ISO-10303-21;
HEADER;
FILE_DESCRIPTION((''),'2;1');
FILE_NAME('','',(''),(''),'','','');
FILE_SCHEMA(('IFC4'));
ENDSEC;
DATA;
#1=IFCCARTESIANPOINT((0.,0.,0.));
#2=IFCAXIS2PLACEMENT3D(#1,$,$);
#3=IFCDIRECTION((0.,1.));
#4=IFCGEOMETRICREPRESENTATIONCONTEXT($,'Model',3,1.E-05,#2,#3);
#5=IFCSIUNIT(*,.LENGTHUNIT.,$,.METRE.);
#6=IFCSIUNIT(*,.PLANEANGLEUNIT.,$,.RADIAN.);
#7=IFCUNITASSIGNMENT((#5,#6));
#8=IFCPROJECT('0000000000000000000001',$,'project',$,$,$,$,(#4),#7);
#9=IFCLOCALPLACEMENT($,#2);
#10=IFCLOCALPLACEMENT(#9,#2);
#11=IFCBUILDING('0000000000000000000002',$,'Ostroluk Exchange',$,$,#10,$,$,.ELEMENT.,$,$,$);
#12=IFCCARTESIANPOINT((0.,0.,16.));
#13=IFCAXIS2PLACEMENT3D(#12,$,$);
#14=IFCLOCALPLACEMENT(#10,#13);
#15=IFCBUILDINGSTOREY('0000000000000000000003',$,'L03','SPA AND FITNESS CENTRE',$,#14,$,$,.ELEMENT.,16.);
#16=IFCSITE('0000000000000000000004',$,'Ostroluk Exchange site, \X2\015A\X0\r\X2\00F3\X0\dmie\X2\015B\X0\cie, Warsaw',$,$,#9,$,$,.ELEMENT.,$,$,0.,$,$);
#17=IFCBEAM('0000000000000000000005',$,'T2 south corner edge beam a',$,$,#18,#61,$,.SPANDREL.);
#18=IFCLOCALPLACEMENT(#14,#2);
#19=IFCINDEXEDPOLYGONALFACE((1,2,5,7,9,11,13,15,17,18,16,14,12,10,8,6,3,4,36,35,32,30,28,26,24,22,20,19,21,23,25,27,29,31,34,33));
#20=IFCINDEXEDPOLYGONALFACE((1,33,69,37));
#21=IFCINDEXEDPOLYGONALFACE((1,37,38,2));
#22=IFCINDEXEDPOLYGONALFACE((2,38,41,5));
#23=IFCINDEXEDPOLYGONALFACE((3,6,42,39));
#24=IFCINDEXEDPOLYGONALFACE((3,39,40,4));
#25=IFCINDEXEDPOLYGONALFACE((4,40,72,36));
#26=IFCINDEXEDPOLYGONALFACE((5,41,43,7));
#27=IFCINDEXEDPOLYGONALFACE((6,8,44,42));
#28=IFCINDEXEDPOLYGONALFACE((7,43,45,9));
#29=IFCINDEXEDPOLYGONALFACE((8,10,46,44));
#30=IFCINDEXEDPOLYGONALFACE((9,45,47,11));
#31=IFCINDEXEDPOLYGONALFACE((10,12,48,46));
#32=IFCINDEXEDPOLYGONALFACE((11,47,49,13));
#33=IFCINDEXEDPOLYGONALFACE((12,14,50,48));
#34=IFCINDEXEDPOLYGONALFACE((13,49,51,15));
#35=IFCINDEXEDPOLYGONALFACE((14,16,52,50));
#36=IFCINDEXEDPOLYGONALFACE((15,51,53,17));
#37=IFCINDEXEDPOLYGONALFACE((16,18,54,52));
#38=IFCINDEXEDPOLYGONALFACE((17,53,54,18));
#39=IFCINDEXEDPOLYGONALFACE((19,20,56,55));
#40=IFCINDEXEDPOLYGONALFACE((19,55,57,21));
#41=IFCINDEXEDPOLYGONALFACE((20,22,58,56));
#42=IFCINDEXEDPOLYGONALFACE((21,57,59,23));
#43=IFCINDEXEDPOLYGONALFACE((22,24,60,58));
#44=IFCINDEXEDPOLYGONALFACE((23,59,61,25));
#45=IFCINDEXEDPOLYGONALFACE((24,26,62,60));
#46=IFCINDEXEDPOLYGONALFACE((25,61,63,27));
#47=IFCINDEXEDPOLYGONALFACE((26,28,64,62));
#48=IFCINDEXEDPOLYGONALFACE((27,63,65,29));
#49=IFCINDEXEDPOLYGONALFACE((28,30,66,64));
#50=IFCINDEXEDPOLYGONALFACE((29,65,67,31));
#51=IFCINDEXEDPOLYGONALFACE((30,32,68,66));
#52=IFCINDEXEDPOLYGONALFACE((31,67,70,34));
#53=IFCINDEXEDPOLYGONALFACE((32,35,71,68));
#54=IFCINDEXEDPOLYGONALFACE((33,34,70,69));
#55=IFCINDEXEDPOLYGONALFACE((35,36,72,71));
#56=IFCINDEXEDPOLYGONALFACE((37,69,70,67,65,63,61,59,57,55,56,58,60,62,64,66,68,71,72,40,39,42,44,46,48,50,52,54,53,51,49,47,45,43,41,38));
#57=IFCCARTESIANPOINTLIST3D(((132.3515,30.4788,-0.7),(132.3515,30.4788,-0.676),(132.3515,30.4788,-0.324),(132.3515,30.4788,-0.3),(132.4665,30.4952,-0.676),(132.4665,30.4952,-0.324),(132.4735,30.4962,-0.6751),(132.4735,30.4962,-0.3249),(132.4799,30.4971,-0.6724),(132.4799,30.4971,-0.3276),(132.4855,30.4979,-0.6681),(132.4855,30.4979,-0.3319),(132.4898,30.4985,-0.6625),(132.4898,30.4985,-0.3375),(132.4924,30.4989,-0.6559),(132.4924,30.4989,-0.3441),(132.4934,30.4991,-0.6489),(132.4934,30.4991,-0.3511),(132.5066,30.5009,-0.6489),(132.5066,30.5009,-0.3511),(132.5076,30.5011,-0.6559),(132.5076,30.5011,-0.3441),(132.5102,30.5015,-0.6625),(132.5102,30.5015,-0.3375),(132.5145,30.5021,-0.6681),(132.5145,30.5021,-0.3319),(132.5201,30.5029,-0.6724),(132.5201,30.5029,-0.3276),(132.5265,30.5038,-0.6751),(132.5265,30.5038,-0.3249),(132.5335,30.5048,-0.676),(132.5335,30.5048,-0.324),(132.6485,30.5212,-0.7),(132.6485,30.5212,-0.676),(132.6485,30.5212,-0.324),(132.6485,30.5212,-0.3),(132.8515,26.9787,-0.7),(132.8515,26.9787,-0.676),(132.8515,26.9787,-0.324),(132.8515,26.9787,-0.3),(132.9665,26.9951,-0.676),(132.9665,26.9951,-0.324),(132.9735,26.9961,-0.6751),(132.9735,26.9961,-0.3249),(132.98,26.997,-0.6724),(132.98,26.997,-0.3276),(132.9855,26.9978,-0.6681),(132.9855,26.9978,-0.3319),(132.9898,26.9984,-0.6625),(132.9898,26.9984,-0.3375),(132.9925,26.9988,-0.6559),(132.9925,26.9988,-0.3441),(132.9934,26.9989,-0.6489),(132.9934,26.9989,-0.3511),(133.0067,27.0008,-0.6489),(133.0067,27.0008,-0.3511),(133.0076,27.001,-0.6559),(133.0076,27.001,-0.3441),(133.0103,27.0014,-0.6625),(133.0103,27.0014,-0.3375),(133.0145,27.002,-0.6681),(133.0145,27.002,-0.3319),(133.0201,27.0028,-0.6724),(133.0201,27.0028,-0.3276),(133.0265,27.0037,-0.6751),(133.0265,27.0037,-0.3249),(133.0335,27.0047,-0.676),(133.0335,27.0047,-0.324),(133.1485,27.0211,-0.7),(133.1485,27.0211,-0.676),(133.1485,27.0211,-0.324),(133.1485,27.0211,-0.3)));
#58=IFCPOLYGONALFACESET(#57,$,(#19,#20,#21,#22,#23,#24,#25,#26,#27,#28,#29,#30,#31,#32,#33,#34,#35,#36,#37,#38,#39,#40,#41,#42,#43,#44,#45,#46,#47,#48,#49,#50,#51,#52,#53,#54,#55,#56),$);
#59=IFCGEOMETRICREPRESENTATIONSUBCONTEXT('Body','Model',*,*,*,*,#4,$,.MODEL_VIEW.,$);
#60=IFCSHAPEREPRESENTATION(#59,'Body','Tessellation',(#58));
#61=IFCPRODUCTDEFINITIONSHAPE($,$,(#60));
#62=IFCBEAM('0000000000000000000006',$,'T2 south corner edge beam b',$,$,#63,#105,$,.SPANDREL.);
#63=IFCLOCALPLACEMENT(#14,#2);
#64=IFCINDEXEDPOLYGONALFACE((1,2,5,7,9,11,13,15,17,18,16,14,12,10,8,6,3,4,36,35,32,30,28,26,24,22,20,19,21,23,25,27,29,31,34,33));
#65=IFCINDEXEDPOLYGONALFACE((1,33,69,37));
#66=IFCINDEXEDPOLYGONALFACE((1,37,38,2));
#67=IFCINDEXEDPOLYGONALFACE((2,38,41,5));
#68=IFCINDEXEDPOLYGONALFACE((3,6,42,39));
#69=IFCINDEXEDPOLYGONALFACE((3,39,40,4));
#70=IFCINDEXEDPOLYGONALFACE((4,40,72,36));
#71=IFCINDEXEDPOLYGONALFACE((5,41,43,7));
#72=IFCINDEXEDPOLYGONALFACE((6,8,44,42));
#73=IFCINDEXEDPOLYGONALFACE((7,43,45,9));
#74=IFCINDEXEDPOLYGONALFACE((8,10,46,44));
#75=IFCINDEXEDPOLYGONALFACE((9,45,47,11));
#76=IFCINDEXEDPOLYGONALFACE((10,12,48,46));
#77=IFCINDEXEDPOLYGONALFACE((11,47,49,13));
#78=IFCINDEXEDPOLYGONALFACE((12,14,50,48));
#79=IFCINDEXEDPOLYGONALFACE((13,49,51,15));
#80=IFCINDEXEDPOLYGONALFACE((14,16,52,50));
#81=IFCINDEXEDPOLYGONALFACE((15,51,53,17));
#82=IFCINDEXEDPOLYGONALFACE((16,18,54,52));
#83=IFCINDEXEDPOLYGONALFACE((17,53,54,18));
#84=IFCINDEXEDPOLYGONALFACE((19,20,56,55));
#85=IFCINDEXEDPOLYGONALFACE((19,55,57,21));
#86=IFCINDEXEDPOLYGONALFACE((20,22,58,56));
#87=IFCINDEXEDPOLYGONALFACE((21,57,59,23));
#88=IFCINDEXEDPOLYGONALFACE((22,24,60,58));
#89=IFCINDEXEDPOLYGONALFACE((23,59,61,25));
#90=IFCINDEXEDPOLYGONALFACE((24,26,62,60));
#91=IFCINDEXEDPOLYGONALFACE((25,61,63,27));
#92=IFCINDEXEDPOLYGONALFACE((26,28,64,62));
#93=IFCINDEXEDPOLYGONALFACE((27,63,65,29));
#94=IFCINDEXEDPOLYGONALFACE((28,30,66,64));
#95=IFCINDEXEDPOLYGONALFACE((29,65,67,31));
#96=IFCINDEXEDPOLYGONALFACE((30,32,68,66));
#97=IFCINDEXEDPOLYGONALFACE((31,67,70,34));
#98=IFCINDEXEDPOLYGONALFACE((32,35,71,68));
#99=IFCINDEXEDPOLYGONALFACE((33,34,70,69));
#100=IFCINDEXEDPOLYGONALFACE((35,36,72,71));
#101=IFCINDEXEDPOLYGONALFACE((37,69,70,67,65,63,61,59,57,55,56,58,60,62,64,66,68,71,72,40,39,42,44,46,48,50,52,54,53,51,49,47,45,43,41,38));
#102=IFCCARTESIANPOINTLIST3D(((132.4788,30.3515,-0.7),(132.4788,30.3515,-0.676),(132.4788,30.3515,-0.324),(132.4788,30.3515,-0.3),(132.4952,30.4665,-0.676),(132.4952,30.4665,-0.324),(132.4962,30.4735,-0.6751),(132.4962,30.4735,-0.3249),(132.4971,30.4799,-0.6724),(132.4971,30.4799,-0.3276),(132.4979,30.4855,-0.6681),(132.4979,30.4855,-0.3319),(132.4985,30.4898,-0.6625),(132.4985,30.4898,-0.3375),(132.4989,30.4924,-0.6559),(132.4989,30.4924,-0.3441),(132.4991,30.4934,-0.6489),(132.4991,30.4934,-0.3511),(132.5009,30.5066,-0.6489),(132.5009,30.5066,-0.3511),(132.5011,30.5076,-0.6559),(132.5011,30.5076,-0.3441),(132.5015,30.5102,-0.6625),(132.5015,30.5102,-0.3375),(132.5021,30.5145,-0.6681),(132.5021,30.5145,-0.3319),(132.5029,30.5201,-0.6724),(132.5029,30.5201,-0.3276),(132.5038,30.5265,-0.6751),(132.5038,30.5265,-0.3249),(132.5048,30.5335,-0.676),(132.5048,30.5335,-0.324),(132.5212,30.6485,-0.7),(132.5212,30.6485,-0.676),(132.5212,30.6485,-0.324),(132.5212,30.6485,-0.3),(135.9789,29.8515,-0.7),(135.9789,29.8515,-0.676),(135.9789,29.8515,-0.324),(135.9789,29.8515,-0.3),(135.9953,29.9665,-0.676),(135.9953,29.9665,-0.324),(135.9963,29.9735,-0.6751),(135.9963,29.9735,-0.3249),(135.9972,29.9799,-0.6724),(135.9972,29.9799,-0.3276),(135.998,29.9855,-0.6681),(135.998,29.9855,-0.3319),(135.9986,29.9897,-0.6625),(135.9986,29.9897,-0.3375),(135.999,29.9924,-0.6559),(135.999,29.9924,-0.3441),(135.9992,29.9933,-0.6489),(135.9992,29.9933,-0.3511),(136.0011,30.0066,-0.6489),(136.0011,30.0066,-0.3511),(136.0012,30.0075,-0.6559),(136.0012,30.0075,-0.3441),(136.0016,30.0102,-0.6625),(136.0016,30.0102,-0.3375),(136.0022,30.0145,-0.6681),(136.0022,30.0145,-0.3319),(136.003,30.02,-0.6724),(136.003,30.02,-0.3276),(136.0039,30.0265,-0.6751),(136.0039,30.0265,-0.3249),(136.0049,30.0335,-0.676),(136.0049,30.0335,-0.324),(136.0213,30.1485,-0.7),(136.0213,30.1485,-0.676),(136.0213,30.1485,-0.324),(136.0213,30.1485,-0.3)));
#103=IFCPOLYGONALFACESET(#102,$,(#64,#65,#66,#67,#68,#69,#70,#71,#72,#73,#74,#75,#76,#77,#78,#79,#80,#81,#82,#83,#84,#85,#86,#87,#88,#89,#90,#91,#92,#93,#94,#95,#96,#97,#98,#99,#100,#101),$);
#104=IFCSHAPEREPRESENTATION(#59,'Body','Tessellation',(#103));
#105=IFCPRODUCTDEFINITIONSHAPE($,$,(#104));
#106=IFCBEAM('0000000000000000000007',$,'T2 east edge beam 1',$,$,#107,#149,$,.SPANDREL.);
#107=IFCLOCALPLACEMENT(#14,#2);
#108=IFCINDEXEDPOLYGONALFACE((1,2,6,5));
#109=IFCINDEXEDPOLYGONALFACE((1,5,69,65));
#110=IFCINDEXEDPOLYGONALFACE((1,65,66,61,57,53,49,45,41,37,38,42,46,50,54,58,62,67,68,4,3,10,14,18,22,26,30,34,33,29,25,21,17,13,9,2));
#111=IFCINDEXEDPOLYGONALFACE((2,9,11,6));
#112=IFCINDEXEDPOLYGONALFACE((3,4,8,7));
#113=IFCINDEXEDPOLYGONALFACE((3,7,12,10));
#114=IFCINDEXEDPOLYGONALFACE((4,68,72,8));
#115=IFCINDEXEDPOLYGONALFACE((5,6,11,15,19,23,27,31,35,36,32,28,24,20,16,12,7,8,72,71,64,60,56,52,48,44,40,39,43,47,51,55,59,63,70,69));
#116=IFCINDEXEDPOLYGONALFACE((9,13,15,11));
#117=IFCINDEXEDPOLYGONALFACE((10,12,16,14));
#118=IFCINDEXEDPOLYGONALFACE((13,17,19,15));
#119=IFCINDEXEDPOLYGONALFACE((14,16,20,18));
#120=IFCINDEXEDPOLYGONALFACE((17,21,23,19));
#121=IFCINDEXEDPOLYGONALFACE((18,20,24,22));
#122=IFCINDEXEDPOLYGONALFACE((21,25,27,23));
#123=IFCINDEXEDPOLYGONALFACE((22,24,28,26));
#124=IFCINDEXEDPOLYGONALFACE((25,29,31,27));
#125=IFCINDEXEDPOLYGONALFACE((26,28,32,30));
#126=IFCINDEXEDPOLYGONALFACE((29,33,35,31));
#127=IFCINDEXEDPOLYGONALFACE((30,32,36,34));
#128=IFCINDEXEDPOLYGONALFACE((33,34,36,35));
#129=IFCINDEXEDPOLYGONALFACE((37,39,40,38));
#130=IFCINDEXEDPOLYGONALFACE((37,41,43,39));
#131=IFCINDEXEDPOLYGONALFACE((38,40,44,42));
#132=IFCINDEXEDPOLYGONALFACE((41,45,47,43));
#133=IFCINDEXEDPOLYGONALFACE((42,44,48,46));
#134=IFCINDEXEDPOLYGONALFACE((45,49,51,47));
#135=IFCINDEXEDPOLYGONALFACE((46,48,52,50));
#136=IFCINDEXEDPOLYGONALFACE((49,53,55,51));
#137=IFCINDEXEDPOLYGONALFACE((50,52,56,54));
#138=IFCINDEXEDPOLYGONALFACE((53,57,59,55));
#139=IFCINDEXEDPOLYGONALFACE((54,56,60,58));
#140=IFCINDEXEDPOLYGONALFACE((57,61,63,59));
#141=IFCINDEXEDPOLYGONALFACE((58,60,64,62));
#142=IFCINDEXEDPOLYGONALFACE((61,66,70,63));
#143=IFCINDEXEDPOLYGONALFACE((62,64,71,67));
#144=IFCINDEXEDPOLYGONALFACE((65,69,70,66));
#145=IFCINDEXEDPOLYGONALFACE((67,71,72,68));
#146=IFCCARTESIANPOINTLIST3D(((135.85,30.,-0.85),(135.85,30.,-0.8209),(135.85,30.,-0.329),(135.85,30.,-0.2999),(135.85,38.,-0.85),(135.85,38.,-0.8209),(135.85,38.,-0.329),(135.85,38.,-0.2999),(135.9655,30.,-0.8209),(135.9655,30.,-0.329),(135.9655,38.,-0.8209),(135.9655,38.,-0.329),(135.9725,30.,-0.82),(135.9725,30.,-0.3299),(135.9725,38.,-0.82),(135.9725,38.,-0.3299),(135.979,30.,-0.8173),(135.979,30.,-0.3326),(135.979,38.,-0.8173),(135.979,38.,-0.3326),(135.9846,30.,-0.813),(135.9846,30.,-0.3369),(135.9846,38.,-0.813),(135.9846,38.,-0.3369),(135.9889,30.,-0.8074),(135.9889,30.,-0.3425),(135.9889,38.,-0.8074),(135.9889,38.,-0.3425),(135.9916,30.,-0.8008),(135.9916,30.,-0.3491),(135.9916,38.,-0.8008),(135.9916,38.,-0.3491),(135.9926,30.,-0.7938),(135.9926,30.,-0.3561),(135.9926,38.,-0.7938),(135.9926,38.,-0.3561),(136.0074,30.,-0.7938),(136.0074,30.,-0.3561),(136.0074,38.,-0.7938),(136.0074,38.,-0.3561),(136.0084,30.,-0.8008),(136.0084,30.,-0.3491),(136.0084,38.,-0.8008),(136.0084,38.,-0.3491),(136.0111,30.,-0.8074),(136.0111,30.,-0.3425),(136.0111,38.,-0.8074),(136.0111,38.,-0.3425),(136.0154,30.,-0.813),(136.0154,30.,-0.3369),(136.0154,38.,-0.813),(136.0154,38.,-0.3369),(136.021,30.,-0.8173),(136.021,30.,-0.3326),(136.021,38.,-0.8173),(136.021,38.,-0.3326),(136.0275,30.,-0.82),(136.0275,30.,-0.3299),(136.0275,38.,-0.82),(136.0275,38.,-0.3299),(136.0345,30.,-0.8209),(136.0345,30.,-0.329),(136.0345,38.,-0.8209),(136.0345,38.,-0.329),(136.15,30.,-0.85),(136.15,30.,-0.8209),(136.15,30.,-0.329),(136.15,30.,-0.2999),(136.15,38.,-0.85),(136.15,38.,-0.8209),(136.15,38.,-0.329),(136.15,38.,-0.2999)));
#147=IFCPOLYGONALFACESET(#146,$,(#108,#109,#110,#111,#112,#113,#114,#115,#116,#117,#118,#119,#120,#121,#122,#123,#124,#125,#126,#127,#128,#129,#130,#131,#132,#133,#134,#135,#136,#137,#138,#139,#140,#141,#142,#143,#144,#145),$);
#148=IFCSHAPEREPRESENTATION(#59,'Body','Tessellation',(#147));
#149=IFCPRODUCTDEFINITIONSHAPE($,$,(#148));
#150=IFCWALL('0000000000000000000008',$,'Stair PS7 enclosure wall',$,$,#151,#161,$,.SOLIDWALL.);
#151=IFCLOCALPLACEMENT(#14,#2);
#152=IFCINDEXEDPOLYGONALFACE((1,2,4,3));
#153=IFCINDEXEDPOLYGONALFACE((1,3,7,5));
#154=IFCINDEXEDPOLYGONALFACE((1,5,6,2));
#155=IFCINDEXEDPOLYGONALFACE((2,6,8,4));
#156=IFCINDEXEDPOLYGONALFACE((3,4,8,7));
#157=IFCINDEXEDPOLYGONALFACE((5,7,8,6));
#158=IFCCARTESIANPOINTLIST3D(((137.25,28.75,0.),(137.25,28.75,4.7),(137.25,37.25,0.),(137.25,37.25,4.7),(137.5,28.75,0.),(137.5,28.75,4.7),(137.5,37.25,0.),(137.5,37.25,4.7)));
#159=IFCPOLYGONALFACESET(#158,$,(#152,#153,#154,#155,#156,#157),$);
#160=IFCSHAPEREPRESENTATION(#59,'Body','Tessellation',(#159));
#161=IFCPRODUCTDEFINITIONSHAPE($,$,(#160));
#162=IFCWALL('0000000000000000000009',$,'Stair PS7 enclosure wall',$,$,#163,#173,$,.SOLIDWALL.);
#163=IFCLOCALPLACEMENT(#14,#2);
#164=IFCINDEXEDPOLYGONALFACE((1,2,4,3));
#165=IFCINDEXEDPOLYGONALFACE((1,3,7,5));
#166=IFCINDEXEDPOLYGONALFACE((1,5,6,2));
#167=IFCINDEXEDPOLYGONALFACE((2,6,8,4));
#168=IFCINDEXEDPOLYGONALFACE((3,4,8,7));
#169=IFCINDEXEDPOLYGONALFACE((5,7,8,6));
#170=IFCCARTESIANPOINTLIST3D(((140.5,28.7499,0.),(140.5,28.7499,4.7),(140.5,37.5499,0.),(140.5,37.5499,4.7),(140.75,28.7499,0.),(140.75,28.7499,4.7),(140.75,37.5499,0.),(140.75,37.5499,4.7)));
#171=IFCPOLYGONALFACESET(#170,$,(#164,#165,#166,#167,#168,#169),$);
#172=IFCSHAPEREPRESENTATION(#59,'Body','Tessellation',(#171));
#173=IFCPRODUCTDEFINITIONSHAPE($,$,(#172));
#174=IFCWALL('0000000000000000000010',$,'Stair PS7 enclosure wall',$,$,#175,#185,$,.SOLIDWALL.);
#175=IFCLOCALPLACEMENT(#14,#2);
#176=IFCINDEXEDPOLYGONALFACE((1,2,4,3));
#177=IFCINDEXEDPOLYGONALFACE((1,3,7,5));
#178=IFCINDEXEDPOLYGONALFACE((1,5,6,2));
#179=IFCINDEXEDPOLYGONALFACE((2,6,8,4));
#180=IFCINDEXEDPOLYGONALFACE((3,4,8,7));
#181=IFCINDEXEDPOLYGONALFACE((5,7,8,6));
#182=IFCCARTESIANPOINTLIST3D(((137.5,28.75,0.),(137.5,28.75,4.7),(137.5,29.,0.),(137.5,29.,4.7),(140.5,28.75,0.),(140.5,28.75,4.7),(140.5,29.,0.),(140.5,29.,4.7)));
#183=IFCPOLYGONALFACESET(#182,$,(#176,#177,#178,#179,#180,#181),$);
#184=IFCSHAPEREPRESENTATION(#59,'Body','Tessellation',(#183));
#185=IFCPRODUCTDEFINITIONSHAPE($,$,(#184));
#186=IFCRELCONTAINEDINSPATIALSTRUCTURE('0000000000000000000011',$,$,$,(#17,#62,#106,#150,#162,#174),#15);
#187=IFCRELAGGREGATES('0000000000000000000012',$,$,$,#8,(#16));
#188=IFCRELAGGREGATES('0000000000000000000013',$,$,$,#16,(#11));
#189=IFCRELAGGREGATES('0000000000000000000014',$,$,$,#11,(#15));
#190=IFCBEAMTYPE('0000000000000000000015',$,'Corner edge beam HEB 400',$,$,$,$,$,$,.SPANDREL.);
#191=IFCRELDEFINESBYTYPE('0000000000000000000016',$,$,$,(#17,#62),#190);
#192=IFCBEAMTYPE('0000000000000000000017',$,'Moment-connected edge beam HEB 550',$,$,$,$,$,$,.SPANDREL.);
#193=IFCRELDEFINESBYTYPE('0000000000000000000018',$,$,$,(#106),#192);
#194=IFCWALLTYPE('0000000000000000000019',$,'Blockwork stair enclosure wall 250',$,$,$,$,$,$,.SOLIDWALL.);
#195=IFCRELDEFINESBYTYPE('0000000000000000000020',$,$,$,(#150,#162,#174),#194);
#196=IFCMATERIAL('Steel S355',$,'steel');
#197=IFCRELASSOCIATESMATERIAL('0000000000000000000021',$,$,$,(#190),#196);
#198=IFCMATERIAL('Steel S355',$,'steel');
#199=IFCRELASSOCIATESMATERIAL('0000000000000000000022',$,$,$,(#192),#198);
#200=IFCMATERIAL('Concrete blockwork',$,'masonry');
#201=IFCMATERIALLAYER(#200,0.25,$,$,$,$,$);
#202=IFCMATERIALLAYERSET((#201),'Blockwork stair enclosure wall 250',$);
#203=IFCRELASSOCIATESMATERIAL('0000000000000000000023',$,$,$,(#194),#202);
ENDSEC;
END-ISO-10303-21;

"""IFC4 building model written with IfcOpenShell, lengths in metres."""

from ifc_helpers import new_model, si_unit, direction, frame, frame_2d, origin, origin_2d, place, context, subcontext, project, spatial, rectangle, i_section, extrude, material, layer, layer_set, material_profile, profile_set, type_object, element, save


model = new_model("IFC4")

# Units and contexts
model_context = context("Model", 3, precision=1e-05, world=origin(), true_north=direction((0.0, 1.0)))
body_context = subcontext(model_context, "Body", "Model", "MODEL_VIEW")
ifc_project = project(units=[si_unit("LENGTHUNIT", "METRE"), si_unit("PLANEANGLEUNIT", "RADIAN")], contexts=[model_context])

# Site, building, storey
site_placement = place(None, origin())
site = spatial("IfcSite", under=ifc_project, at=site_placement, Name="Ostroluk Exchange site, Śródmieście, Warsaw", CompositionType="ELEMENT", RefElevation=0.0)
building_placement = place(site_placement, origin())
building = spatial("IfcBuilding", under=site, at=building_placement, Name="Ostroluk Exchange", CompositionType="ELEMENT")
storey_placement = place(building_placement, frame((0.0, 0.0, 16.0)))
storey = spatial("IfcBuildingStorey", under=building, at=storey_placement, Name="L03", Description="SPA AND FITNESS CENTRE", CompositionType="ELEMENT", Elevation=16.0)

# Beams
ifc_material_1 = material(Name="Steel S355", Category="steel")
ifc_material_profile_1 = material_profile(ifc_material_1, i_section(OverallWidth=0.3, OverallDepth=0.3999, WebThickness=0.0134, FlangeThickness=0.0239, FilletRadius=0.0271, at=origin_2d()), Name="HEB 400")
ifc_profile_set_1 = profile_set([ifc_material_profile_1], Name="Steel S355")
beam_type_1 = type_object("IfcBeamType", Name="Corner edge beam HEB 400", PredefinedType="SPANDREL", material=ifc_profile_set_1)
for number, where, z_axis, x_axis, name in (
    (1, (132.5, 30.5, -0.5), (0.141421, -0.989949, 0.0), (0.989949, 0.141421, 0.0), "T2 south corner edge beam a"),
    (2, (132.5, 30.5, -0.5), (0.989949, -0.141421, 0.0), (0.141421, 0.989949, 0.0), "T2 south corner edge beam b"),
):
    element("IfcBeam", number, at=place(storey_placement, frame(where, z_axis=z_axis, x_axis=x_axis)), inside=storey, type_object=beam_type_1, Name=name, PredefinedType="SPANDREL", context=body_context, shape_type="SweptSolid", body=[
        extrude(i_section(OverallWidth=0.3, OverallDepth=0.3999, WebThickness=0.0134, FlangeThickness=0.0239, FilletRadius=0.0271, at=origin_2d()), origin(), (0.0, 0.0, 1.0), 3.5356),
    ])
ifc_material_2 = material(Name="Steel S355", Category="steel")
ifc_material_profile_2 = material_profile(ifc_material_2, i_section(OverallWidth=0.3, OverallDepth=0.55, WebThickness=0.0149, FlangeThickness=0.0291, FilletRadius=0.0271, at=origin_2d()), Name="HEB 550")
ifc_profile_set_2 = profile_set([ifc_material_profile_2], Name="Steel S355")
beam_type_2 = type_object("IfcBeamType", Name="Moment-connected edge beam HEB 550", PredefinedType="SPANDREL", material=ifc_profile_set_2)
beam_placement = place(storey_placement, frame((136.0, 30.0, -0.575), z_axis=(0.0, 1.0, 0.0), x_axis=(-1.0, 0.0, 0.0)))
element("IfcBeam", 3, at=beam_placement, inside=storey, type_object=beam_type_2, Name="T2 east edge beam 1", PredefinedType="SPANDREL", context=body_context, shape_type="SweptSolid", body=[
    extrude(i_section(OverallWidth=0.3, OverallDepth=0.55, WebThickness=0.0149, FlangeThickness=0.0291, FilletRadius=0.0271, at=origin_2d()), origin(), (0.0, 0.0, 1.0), 8.0),
])

# Walls
ifc_material_3 = material(Name="Concrete blockwork", Category="masonry")
ifc_layer_1 = layer(ifc_material_3, 0.25)
ifc_layer_set_1 = layer_set([ifc_layer_1], Name="Blockwork stair enclosure wall 250")
wall_type_1 = type_object("IfcWallType", Name="Blockwork stair enclosure wall 250", PredefinedType="SOLIDWALL", material=ifc_layer_set_1)
wall_1_placement = place(storey_placement, frame((137.375, 28.75, 0.0), z_axis=(0.0, 0.0, 1.0), x_axis=(0.0, 1.0, 0.0)))
element("IfcWall", 4, at=wall_1_placement, inside=storey, type_object=wall_type_1, Name="Stair PS7 enclosure wall", PredefinedType="SOLIDWALL", context=body_context, shape_type="SweptSolid", body=[
    extrude(rectangle(XDim=8.5, YDim=0.25, at=frame_2d((4.25, 0.0))), origin(), (0.0, 0.0, 1.0), 4.7),
])
wall_2_placement = place(storey_placement, frame((140.625, 28.75, 0.0), z_axis=(0.0, 0.0, 1.0), x_axis=(0.0, 1.0, 0.0)))
element("IfcWall", 5, at=wall_2_placement, inside=storey, type_object=wall_type_1, Name="Stair PS7 enclosure wall", PredefinedType="SOLIDWALL", context=body_context, shape_type="SweptSolid", body=[
    extrude(rectangle(XDim=8.8, YDim=0.25, at=frame_2d((4.3999, 0.0))), origin(), (0.0, 0.0, 1.0), 4.7),
])
wall_3_placement = place(storey_placement, frame((137.5, 28.875, 0.0), z_axis=(0.0, 0.0, 1.0), x_axis=(1.0, 0.0, 0.0)))
element("IfcWall", 6, at=wall_3_placement, inside=storey, type_object=wall_type_1, Name="Stair PS7 enclosure wall", PredefinedType="SOLIDWALL", context=body_context, shape_type="SweptSolid", body=[
    extrude(rectangle(XDim=3.0, YDim=0.25, at=frame_2d((1.5, 0.0))), origin(), (0.0, 0.0, 1.0), 4.7),
])

save(model, "model.ifc")
